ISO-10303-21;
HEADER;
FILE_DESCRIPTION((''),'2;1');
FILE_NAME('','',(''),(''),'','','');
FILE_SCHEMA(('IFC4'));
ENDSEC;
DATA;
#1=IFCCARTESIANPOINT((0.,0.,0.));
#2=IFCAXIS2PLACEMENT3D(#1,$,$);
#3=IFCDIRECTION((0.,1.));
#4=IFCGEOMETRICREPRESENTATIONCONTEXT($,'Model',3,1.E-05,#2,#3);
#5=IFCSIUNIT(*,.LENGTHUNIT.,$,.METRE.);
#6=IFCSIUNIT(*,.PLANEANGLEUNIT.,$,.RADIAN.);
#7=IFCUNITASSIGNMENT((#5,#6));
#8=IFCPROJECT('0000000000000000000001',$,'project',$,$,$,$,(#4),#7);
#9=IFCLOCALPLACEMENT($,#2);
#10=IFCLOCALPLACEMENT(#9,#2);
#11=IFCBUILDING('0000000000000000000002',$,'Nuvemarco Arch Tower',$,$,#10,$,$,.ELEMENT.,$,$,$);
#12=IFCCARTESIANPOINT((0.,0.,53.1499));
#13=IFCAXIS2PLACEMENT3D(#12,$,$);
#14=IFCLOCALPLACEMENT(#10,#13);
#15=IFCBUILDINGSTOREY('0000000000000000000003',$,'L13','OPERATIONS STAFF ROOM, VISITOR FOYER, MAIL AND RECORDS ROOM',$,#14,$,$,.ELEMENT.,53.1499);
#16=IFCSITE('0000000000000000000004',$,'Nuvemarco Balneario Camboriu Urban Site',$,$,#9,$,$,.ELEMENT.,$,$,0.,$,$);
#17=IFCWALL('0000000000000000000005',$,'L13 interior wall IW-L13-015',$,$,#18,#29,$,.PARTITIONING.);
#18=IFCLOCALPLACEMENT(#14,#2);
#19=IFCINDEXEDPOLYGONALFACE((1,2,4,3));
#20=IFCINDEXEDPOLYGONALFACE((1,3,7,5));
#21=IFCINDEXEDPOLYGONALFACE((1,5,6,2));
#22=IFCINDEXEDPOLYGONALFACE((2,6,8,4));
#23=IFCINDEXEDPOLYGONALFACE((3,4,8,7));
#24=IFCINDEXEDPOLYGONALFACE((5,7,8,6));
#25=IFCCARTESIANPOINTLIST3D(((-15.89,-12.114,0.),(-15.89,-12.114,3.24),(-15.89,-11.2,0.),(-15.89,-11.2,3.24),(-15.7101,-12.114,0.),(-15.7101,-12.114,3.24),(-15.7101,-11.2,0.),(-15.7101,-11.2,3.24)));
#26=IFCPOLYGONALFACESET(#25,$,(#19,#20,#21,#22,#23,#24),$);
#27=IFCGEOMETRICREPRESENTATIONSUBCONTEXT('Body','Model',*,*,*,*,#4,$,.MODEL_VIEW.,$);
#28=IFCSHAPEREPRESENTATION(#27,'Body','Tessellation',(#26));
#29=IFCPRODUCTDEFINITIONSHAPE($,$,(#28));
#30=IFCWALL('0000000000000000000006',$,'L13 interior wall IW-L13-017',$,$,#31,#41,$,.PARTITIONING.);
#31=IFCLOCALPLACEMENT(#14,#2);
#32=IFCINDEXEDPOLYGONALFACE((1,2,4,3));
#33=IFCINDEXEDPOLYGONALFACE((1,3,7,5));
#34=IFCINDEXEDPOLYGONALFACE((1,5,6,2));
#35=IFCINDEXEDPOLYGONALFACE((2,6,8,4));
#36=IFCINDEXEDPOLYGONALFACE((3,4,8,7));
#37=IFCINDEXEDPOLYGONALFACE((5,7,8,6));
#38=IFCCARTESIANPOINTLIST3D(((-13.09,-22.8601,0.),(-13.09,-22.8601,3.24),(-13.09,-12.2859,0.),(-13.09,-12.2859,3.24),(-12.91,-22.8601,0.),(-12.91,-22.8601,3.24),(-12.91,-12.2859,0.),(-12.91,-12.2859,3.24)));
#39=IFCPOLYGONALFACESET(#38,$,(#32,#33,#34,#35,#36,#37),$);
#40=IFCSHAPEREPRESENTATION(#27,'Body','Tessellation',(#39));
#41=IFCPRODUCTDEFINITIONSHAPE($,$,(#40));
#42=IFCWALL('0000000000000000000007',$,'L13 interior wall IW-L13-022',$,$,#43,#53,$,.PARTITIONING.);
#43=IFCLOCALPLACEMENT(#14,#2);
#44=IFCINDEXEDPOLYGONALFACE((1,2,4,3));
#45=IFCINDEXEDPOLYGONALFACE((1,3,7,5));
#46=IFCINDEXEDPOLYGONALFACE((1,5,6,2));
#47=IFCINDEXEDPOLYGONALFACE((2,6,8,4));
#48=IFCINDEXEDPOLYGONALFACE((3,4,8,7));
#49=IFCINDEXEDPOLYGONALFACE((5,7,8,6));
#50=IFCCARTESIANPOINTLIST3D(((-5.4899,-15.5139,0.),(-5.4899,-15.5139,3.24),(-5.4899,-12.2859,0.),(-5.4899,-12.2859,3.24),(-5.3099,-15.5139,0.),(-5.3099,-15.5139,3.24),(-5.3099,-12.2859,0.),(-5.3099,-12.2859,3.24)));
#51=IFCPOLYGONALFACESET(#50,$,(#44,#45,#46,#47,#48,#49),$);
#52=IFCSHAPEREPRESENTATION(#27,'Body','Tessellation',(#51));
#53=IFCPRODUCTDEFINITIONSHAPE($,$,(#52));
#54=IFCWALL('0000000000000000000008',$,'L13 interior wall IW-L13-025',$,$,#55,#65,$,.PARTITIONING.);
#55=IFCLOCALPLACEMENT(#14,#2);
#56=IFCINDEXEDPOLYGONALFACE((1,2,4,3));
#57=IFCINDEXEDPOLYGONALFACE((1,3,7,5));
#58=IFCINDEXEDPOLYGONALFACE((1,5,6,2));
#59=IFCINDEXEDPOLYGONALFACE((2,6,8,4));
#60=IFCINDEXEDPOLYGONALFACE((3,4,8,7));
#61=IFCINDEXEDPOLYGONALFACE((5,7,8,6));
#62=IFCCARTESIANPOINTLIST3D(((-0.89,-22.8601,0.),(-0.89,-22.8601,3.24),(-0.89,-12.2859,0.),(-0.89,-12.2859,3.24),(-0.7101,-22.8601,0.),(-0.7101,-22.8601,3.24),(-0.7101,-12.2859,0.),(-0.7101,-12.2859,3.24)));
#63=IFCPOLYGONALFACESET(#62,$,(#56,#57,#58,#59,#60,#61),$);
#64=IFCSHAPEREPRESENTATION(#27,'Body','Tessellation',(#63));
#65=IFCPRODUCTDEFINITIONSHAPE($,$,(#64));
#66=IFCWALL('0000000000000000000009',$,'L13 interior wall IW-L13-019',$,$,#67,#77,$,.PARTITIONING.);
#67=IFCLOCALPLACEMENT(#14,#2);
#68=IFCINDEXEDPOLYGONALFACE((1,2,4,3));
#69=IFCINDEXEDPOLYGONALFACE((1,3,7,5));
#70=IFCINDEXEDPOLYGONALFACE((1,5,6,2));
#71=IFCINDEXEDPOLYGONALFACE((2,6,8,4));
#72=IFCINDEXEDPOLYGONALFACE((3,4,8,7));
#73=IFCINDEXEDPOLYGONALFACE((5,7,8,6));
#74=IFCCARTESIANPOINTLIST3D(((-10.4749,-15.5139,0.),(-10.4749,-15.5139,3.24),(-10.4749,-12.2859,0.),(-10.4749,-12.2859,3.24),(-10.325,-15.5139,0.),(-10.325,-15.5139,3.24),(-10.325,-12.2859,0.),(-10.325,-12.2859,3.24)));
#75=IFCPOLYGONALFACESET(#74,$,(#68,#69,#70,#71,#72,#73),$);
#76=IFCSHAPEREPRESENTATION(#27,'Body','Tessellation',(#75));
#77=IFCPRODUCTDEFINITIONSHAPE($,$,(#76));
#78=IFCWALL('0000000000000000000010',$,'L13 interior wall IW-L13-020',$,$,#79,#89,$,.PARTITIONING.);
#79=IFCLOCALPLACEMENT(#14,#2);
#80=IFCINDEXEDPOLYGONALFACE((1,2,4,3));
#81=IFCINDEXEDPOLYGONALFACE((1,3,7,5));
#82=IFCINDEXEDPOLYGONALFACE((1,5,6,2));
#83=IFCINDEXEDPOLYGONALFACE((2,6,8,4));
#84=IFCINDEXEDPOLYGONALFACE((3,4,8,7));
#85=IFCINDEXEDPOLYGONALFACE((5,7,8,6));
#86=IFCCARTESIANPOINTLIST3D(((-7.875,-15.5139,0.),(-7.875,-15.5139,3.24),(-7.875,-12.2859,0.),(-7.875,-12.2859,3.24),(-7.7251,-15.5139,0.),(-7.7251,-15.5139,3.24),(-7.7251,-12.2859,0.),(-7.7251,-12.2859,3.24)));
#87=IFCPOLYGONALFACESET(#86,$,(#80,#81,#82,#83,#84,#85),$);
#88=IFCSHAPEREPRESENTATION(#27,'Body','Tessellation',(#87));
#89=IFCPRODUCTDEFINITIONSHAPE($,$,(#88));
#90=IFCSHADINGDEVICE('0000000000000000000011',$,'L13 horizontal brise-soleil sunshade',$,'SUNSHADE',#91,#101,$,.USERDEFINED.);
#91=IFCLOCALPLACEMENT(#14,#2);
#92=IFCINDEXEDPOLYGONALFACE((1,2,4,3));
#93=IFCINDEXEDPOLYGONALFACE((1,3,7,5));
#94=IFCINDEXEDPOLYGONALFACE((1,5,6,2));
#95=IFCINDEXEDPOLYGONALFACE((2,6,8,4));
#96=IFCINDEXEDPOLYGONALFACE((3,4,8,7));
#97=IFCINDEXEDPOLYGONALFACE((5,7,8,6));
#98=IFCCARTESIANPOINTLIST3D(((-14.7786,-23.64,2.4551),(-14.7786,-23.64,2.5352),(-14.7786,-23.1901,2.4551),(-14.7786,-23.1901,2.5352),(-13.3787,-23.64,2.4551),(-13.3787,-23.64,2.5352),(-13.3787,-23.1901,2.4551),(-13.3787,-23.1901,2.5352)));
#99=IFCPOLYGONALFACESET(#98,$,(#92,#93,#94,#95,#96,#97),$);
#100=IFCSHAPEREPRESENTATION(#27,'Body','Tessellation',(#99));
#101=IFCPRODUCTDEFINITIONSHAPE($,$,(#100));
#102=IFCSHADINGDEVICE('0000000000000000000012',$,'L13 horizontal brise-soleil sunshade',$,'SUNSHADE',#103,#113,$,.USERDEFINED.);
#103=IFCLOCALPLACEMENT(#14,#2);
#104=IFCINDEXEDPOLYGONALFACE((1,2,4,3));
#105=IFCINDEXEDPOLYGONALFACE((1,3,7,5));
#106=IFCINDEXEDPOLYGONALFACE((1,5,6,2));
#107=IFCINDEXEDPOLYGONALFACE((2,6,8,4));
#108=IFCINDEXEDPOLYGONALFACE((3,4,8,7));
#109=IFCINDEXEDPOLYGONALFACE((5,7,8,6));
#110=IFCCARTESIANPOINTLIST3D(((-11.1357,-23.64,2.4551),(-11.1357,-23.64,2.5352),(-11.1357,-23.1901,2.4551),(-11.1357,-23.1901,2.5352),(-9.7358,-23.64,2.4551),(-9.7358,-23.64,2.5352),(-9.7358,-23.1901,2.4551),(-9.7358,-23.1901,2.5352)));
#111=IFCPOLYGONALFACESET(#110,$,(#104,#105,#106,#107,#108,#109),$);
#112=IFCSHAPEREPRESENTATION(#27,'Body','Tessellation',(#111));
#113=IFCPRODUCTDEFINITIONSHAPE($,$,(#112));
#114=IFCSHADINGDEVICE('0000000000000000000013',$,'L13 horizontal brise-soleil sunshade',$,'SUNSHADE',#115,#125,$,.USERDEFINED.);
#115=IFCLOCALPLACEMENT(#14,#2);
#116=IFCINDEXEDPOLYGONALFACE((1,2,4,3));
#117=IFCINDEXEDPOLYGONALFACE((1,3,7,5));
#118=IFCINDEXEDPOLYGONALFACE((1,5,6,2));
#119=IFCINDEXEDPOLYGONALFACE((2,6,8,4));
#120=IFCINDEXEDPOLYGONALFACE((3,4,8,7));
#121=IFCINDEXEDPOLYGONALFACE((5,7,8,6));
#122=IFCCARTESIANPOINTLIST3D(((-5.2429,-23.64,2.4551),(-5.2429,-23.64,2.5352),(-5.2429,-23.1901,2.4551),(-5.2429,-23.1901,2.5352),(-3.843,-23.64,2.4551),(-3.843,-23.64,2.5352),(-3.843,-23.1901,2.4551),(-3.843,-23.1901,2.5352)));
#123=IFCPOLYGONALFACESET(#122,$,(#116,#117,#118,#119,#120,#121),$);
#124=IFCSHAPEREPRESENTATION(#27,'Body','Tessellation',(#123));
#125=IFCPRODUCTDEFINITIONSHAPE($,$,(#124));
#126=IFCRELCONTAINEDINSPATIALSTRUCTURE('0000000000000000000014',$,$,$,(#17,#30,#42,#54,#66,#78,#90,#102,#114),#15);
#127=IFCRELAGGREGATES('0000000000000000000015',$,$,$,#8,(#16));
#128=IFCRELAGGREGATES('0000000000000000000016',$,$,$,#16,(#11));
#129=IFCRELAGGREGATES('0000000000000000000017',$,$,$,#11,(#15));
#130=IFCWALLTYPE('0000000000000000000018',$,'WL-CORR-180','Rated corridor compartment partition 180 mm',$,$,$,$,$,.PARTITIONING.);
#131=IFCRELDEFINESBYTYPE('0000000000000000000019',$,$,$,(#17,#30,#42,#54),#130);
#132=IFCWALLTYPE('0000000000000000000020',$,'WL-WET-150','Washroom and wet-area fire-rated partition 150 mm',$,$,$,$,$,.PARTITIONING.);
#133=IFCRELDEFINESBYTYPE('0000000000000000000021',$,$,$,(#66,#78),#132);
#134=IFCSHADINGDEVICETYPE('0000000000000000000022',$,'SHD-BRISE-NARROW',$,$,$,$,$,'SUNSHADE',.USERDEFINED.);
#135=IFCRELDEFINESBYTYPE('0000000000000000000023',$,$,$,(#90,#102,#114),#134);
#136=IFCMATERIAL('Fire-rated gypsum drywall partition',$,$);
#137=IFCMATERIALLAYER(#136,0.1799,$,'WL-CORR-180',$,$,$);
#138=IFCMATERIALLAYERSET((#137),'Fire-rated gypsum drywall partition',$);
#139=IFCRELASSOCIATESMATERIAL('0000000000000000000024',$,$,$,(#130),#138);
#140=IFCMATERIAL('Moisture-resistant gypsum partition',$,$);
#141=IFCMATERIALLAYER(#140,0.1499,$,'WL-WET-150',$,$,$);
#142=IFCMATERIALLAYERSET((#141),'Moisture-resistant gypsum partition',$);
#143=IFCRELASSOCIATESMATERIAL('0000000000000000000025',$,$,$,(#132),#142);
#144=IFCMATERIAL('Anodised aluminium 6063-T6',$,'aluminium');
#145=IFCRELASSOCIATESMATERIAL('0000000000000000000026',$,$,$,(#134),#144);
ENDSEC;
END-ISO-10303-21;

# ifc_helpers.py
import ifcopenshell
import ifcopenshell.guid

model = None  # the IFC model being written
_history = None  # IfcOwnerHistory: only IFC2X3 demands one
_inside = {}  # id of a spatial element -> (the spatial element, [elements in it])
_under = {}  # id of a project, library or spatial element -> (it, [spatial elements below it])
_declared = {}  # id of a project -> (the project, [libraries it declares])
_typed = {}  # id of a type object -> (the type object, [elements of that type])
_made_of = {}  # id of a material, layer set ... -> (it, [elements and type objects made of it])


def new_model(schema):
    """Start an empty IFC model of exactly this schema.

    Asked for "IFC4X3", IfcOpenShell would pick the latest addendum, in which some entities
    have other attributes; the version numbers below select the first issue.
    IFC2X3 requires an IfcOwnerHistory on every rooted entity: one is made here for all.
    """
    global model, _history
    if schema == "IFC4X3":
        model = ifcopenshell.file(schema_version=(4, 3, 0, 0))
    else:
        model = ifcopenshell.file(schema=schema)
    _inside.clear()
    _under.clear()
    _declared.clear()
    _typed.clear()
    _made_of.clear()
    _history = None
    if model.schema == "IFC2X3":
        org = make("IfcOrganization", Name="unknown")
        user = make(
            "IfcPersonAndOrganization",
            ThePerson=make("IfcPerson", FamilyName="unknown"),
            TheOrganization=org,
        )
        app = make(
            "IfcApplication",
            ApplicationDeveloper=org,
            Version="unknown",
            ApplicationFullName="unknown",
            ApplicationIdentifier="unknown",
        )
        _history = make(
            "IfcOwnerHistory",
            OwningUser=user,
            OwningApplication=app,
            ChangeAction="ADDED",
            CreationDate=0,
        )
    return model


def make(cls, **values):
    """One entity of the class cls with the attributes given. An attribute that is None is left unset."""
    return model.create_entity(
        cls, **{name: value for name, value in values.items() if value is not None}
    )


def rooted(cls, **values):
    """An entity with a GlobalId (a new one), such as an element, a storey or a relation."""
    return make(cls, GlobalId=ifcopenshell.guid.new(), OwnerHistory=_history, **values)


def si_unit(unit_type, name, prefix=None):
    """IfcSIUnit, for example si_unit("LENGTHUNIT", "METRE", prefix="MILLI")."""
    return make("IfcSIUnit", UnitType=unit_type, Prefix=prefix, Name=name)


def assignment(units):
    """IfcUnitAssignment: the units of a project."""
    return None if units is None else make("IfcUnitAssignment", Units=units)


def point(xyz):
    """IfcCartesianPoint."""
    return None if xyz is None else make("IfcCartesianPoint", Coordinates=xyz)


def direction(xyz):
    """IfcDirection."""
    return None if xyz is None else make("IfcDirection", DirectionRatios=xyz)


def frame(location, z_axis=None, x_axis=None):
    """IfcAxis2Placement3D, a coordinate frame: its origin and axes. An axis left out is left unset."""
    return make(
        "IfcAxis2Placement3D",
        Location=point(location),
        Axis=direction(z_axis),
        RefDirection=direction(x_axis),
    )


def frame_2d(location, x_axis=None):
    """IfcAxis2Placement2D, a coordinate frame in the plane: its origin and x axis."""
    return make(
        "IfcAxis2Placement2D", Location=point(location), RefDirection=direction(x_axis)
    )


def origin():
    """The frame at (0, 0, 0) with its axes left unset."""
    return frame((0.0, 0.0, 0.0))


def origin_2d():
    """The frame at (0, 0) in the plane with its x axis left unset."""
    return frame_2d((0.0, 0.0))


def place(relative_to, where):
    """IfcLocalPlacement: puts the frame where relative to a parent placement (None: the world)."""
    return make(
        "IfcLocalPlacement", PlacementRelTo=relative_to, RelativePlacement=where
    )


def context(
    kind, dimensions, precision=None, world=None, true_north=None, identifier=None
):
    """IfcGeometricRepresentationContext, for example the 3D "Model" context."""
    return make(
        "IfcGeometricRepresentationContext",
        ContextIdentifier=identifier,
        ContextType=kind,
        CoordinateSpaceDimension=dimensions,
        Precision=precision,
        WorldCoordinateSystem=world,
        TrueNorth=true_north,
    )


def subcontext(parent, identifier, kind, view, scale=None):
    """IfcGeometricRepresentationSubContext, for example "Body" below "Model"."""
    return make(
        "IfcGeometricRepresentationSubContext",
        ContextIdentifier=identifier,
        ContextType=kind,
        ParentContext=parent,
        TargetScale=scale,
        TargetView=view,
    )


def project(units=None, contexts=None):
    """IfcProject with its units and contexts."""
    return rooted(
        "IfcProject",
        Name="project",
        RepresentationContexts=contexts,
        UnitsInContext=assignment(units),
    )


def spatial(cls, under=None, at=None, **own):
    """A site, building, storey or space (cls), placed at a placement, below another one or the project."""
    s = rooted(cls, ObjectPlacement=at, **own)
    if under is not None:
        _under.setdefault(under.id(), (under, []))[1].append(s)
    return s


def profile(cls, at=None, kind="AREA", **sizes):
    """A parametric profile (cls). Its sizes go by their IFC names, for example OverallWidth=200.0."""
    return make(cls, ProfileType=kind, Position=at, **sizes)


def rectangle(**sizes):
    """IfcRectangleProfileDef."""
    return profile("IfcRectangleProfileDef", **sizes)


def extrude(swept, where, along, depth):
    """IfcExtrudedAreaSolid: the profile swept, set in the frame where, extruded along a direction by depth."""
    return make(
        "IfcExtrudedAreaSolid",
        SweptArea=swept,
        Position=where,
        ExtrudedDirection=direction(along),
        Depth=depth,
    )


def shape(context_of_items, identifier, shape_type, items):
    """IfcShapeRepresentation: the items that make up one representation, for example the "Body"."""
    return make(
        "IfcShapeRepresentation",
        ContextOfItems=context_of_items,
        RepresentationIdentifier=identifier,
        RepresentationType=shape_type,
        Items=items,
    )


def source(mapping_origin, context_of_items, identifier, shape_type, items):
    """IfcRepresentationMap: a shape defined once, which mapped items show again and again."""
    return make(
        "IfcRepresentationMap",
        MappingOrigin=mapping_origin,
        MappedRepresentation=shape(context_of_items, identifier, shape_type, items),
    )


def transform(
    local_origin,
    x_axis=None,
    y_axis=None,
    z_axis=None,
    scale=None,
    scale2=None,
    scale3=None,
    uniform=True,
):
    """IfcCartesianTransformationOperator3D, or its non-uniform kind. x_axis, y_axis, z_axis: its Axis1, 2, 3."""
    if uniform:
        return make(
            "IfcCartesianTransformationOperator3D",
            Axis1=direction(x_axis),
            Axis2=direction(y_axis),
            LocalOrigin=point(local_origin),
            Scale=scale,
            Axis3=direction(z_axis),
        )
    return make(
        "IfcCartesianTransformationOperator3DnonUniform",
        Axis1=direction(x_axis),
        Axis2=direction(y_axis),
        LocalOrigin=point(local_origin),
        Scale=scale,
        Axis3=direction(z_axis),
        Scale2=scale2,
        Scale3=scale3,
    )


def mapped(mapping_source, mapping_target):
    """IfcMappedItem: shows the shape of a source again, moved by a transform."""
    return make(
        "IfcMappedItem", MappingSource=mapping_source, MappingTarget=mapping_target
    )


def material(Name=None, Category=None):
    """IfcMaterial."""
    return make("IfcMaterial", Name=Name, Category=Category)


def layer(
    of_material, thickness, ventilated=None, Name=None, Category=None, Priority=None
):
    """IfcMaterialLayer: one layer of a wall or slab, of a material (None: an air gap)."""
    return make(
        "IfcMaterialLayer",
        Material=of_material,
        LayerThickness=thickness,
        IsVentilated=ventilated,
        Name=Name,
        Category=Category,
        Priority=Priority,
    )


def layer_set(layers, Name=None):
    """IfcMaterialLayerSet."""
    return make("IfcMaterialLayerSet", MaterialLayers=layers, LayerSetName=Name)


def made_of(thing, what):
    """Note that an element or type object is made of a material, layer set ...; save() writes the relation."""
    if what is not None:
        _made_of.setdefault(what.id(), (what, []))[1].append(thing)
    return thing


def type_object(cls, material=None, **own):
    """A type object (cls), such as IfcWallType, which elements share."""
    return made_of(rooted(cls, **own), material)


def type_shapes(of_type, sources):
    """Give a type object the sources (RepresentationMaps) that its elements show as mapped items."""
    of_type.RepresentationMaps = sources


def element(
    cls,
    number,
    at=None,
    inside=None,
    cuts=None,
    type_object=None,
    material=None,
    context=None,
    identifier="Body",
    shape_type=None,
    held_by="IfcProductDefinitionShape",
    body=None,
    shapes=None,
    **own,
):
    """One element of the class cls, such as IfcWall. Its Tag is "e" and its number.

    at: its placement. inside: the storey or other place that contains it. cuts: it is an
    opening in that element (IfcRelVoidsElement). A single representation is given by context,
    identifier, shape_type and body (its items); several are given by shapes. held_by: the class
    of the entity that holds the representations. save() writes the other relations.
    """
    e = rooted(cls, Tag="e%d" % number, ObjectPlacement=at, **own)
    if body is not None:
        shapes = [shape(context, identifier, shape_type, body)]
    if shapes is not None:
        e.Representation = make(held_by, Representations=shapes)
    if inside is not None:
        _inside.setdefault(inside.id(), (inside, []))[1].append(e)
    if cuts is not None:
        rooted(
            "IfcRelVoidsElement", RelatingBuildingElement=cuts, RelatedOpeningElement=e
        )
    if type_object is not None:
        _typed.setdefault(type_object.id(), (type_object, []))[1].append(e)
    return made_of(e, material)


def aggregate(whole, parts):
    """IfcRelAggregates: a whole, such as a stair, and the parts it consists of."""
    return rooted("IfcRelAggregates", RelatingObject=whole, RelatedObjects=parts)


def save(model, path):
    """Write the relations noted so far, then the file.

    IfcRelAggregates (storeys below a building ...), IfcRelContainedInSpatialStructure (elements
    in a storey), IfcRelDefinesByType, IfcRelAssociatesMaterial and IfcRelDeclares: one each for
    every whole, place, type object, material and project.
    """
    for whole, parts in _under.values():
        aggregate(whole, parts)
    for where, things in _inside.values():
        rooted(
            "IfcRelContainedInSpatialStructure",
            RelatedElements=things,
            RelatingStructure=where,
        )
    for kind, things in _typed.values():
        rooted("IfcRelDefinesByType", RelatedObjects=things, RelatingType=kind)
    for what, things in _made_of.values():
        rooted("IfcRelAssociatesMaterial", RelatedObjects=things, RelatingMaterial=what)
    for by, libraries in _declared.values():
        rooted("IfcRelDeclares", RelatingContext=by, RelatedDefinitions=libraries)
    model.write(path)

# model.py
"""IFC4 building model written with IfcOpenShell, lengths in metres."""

from ifc_helpers import new_model, si_unit, direction, frame, frame_2d, origin, origin_2d, place, context, subcontext, project, spatial, rectangle, extrude, source, transform, mapped, material, layer, layer_set, type_object, type_shapes, element, save


model = new_model("IFC4")

# Units and contexts
model_context = context("Model", 3, precision=1e-05, world=origin(), true_north=direction((0.0, 1.0)))
body_context = subcontext(model_context, "Body", "Model", "MODEL_VIEW")
ifc_project = project(units=[si_unit("LENGTHUNIT", "METRE"), si_unit("PLANEANGLEUNIT", "RADIAN")], contexts=[model_context])

# Site, building, storey
site_placement = place(None, origin())
site = spatial("IfcSite", under=ifc_project, at=site_placement, Name="Nuvemarco Balneario Camboriu Urban Site", CompositionType="ELEMENT", RefElevation=0.0)
building_placement = place(site_placement, origin())
building = spatial("IfcBuilding", under=site, at=building_placement, Name="Nuvemarco Arch Tower", CompositionType="ELEMENT")
storey_placement = place(building_placement, frame((0.0, 0.0, 53.1499)))
storey = spatial("IfcBuildingStorey", under=building, at=storey_placement, Name="L13", Description="OPERATIONS STAFF ROOM, VISITOR FOYER, MAIL AND RECORDS ROOM", CompositionType="ELEMENT", Elevation=53.1499)

# Shared definitions
ifc_material_1 = material(Name="Fire-rated gypsum drywall partition")
ifc_layer_1 = layer(ifc_material_1, 0.1799, Name="WL-CORR-180")
ifc_layer_set_1 = layer_set([ifc_layer_1], Name="Fire-rated gypsum drywall partition")
wall_type_1 = type_object("IfcWallType", Name="WL-CORR-180", Description="Rated corridor compartment partition 180 mm", PredefinedType="PARTITIONING", material=ifc_layer_set_1)

# Walls
wall_1_placement = place(storey_placement, frame((-15.8, -12.114, 0.0), z_axis=(0.0, 0.0, 1.0), x_axis=(0.0, 1.0, 0.0)))
element("IfcWall", 1, at=wall_1_placement, inside=storey, type_object=wall_type_1, Name="L13 interior wall IW-L13-015", PredefinedType="PARTITIONING", context=body_context, shape_type="SweptSolid", body=[
    extrude(rectangle(XDim=0.9141, YDim=0.1799, at=frame_2d((0.457, 0.0))), origin(), (0.0, 0.0, 1.0), 3.24),
])
wall_2_placement = place(storey_placement, frame((-13.0, -22.8601, 0.0), z_axis=(0.0, 0.0, 1.0), x_axis=(0.0, 1.0, 0.0)))
element("IfcWall", 2, at=wall_2_placement, inside=storey, type_object=wall_type_1, Name="L13 interior wall IW-L13-017", PredefinedType="PARTITIONING", context=body_context, shape_type="SweptSolid", body=[
    extrude(rectangle(XDim=10.5742, YDim=0.1799, at=frame_2d((5.2871, 0.0))), origin(), (0.0, 0.0, 1.0), 3.24),
])
wall_3_placement = place(storey_placement, frame((-5.3999, -15.5139, 0.0), z_axis=(0.0, 0.0, 1.0), x_axis=(0.0, 1.0, 0.0)))
element("IfcWall", 3, at=wall_3_placement, inside=storey, type_object=wall_type_1, Name="L13 interior wall IW-L13-022", PredefinedType="PARTITIONING", context=body_context, shape_type="SweptSolid", body=[
    extrude(rectangle(XDim=3.228, YDim=0.1799, at=frame_2d((1.614, 0.0))), origin(), (0.0, 0.0, 1.0), 3.24),
])
wall_4_placement = place(storey_placement, frame((-0.8, -22.8601, 0.0), z_axis=(0.0, 0.0, 1.0), x_axis=(0.0, 1.0, 0.0)))
element("IfcWall", 4, at=wall_4_placement, inside=storey, type_object=wall_type_1, Name="L13 interior wall IW-L13-025", PredefinedType="PARTITIONING", context=body_context, shape_type="SweptSolid", body=[
    extrude(rectangle(XDim=10.5742, YDim=0.1799, at=frame_2d((5.2871, 0.0))), origin(), (0.0, 0.0, 1.0), 3.24),
])
ifc_material_2 = material(Name="Moisture-resistant gypsum partition")
ifc_layer_2 = layer(ifc_material_2, 0.1499, Name="WL-WET-150")
ifc_layer_set_2 = layer_set([ifc_layer_2], Name="Moisture-resistant gypsum partition")
wall_type_2 = type_object("IfcWallType", Name="WL-WET-150", Description="Washroom and wet-area fire-rated partition 150 mm", PredefinedType="PARTITIONING", material=ifc_layer_set_2)
for number, where, z_axis, x_axis, name in (
    (5, (-10.3999, -15.5139, 0.0), (0.0, 0.0, 1.0), (0.0, 1.0, 0.0), "L13 interior wall IW-L13-019"),
    (6, (-7.8, -15.5139, 0.0), (0.0, 0.0, 1.0), (0.0, 1.0, 0.0), "L13 interior wall IW-L13-020"),
):
    element("IfcWall", number, at=place(storey_placement, frame(where, z_axis=z_axis, x_axis=x_axis)), inside=storey, type_object=wall_type_2, Name=name, PredefinedType="PARTITIONING", context=body_context, shape_type="SweptSolid", body=[
        extrude(rectangle(XDim=3.228, YDim=0.1499, at=frame_2d((1.614, 0.0))), origin(), (0.0, 0.0, 1.0), 3.24),
    ])

# Shading devices
ifc_material_3 = material(Name="Anodised aluminium 6063-T6", Category="aluminium")
shading_device_type = type_object("IfcShadingDeviceType", Name="SHD-BRISE-NARROW", ElementType="SUNSHADE", PredefinedType="USERDEFINED", material=ifc_material_3)
shared_shape_1 = source(origin(), body_context, "Body", "SweptSolid", [
    extrude(rectangle(XDim=1.3999, YDim=0.45, at=origin_2d()), origin(), (0.0, 0.0, 1.0), 0.0801),
])
type_shapes(shading_device_type, [shared_shape_1])
for number, where, z_axis, x_axis, name in (
    (7, (-14.0786, -23.415, 2.4551), (0.0, 0.0, 1.0), (1.0, 0.0, 0.0), "L13 horizontal brise-soleil sunshade"),
    (8, (-10.4358, -23.415, 2.4551), (0.0, 0.0, 1.0), (1.0, 0.0, 0.0), "L13 horizontal brise-soleil sunshade"),
    (9, (-4.543, -23.415, 2.4551), (0.0, 0.0, 1.0), (1.0, 0.0, 0.0), "L13 horizontal brise-soleil sunshade"),
):
    element("IfcShadingDevice", number, at=place(storey_placement, frame(where, z_axis=z_axis, x_axis=x_axis)), inside=storey, type_object=shading_device_type, Name=name, ObjectType="SUNSHADE", PredefinedType="USERDEFINED", context=body_context, shape_type="MappedRepresentation", body=[
        mapped(shared_shape_1, transform((0.0, 0.0, 0.0), scale=1.0)),
    ])

save(model, "model.ifc")
